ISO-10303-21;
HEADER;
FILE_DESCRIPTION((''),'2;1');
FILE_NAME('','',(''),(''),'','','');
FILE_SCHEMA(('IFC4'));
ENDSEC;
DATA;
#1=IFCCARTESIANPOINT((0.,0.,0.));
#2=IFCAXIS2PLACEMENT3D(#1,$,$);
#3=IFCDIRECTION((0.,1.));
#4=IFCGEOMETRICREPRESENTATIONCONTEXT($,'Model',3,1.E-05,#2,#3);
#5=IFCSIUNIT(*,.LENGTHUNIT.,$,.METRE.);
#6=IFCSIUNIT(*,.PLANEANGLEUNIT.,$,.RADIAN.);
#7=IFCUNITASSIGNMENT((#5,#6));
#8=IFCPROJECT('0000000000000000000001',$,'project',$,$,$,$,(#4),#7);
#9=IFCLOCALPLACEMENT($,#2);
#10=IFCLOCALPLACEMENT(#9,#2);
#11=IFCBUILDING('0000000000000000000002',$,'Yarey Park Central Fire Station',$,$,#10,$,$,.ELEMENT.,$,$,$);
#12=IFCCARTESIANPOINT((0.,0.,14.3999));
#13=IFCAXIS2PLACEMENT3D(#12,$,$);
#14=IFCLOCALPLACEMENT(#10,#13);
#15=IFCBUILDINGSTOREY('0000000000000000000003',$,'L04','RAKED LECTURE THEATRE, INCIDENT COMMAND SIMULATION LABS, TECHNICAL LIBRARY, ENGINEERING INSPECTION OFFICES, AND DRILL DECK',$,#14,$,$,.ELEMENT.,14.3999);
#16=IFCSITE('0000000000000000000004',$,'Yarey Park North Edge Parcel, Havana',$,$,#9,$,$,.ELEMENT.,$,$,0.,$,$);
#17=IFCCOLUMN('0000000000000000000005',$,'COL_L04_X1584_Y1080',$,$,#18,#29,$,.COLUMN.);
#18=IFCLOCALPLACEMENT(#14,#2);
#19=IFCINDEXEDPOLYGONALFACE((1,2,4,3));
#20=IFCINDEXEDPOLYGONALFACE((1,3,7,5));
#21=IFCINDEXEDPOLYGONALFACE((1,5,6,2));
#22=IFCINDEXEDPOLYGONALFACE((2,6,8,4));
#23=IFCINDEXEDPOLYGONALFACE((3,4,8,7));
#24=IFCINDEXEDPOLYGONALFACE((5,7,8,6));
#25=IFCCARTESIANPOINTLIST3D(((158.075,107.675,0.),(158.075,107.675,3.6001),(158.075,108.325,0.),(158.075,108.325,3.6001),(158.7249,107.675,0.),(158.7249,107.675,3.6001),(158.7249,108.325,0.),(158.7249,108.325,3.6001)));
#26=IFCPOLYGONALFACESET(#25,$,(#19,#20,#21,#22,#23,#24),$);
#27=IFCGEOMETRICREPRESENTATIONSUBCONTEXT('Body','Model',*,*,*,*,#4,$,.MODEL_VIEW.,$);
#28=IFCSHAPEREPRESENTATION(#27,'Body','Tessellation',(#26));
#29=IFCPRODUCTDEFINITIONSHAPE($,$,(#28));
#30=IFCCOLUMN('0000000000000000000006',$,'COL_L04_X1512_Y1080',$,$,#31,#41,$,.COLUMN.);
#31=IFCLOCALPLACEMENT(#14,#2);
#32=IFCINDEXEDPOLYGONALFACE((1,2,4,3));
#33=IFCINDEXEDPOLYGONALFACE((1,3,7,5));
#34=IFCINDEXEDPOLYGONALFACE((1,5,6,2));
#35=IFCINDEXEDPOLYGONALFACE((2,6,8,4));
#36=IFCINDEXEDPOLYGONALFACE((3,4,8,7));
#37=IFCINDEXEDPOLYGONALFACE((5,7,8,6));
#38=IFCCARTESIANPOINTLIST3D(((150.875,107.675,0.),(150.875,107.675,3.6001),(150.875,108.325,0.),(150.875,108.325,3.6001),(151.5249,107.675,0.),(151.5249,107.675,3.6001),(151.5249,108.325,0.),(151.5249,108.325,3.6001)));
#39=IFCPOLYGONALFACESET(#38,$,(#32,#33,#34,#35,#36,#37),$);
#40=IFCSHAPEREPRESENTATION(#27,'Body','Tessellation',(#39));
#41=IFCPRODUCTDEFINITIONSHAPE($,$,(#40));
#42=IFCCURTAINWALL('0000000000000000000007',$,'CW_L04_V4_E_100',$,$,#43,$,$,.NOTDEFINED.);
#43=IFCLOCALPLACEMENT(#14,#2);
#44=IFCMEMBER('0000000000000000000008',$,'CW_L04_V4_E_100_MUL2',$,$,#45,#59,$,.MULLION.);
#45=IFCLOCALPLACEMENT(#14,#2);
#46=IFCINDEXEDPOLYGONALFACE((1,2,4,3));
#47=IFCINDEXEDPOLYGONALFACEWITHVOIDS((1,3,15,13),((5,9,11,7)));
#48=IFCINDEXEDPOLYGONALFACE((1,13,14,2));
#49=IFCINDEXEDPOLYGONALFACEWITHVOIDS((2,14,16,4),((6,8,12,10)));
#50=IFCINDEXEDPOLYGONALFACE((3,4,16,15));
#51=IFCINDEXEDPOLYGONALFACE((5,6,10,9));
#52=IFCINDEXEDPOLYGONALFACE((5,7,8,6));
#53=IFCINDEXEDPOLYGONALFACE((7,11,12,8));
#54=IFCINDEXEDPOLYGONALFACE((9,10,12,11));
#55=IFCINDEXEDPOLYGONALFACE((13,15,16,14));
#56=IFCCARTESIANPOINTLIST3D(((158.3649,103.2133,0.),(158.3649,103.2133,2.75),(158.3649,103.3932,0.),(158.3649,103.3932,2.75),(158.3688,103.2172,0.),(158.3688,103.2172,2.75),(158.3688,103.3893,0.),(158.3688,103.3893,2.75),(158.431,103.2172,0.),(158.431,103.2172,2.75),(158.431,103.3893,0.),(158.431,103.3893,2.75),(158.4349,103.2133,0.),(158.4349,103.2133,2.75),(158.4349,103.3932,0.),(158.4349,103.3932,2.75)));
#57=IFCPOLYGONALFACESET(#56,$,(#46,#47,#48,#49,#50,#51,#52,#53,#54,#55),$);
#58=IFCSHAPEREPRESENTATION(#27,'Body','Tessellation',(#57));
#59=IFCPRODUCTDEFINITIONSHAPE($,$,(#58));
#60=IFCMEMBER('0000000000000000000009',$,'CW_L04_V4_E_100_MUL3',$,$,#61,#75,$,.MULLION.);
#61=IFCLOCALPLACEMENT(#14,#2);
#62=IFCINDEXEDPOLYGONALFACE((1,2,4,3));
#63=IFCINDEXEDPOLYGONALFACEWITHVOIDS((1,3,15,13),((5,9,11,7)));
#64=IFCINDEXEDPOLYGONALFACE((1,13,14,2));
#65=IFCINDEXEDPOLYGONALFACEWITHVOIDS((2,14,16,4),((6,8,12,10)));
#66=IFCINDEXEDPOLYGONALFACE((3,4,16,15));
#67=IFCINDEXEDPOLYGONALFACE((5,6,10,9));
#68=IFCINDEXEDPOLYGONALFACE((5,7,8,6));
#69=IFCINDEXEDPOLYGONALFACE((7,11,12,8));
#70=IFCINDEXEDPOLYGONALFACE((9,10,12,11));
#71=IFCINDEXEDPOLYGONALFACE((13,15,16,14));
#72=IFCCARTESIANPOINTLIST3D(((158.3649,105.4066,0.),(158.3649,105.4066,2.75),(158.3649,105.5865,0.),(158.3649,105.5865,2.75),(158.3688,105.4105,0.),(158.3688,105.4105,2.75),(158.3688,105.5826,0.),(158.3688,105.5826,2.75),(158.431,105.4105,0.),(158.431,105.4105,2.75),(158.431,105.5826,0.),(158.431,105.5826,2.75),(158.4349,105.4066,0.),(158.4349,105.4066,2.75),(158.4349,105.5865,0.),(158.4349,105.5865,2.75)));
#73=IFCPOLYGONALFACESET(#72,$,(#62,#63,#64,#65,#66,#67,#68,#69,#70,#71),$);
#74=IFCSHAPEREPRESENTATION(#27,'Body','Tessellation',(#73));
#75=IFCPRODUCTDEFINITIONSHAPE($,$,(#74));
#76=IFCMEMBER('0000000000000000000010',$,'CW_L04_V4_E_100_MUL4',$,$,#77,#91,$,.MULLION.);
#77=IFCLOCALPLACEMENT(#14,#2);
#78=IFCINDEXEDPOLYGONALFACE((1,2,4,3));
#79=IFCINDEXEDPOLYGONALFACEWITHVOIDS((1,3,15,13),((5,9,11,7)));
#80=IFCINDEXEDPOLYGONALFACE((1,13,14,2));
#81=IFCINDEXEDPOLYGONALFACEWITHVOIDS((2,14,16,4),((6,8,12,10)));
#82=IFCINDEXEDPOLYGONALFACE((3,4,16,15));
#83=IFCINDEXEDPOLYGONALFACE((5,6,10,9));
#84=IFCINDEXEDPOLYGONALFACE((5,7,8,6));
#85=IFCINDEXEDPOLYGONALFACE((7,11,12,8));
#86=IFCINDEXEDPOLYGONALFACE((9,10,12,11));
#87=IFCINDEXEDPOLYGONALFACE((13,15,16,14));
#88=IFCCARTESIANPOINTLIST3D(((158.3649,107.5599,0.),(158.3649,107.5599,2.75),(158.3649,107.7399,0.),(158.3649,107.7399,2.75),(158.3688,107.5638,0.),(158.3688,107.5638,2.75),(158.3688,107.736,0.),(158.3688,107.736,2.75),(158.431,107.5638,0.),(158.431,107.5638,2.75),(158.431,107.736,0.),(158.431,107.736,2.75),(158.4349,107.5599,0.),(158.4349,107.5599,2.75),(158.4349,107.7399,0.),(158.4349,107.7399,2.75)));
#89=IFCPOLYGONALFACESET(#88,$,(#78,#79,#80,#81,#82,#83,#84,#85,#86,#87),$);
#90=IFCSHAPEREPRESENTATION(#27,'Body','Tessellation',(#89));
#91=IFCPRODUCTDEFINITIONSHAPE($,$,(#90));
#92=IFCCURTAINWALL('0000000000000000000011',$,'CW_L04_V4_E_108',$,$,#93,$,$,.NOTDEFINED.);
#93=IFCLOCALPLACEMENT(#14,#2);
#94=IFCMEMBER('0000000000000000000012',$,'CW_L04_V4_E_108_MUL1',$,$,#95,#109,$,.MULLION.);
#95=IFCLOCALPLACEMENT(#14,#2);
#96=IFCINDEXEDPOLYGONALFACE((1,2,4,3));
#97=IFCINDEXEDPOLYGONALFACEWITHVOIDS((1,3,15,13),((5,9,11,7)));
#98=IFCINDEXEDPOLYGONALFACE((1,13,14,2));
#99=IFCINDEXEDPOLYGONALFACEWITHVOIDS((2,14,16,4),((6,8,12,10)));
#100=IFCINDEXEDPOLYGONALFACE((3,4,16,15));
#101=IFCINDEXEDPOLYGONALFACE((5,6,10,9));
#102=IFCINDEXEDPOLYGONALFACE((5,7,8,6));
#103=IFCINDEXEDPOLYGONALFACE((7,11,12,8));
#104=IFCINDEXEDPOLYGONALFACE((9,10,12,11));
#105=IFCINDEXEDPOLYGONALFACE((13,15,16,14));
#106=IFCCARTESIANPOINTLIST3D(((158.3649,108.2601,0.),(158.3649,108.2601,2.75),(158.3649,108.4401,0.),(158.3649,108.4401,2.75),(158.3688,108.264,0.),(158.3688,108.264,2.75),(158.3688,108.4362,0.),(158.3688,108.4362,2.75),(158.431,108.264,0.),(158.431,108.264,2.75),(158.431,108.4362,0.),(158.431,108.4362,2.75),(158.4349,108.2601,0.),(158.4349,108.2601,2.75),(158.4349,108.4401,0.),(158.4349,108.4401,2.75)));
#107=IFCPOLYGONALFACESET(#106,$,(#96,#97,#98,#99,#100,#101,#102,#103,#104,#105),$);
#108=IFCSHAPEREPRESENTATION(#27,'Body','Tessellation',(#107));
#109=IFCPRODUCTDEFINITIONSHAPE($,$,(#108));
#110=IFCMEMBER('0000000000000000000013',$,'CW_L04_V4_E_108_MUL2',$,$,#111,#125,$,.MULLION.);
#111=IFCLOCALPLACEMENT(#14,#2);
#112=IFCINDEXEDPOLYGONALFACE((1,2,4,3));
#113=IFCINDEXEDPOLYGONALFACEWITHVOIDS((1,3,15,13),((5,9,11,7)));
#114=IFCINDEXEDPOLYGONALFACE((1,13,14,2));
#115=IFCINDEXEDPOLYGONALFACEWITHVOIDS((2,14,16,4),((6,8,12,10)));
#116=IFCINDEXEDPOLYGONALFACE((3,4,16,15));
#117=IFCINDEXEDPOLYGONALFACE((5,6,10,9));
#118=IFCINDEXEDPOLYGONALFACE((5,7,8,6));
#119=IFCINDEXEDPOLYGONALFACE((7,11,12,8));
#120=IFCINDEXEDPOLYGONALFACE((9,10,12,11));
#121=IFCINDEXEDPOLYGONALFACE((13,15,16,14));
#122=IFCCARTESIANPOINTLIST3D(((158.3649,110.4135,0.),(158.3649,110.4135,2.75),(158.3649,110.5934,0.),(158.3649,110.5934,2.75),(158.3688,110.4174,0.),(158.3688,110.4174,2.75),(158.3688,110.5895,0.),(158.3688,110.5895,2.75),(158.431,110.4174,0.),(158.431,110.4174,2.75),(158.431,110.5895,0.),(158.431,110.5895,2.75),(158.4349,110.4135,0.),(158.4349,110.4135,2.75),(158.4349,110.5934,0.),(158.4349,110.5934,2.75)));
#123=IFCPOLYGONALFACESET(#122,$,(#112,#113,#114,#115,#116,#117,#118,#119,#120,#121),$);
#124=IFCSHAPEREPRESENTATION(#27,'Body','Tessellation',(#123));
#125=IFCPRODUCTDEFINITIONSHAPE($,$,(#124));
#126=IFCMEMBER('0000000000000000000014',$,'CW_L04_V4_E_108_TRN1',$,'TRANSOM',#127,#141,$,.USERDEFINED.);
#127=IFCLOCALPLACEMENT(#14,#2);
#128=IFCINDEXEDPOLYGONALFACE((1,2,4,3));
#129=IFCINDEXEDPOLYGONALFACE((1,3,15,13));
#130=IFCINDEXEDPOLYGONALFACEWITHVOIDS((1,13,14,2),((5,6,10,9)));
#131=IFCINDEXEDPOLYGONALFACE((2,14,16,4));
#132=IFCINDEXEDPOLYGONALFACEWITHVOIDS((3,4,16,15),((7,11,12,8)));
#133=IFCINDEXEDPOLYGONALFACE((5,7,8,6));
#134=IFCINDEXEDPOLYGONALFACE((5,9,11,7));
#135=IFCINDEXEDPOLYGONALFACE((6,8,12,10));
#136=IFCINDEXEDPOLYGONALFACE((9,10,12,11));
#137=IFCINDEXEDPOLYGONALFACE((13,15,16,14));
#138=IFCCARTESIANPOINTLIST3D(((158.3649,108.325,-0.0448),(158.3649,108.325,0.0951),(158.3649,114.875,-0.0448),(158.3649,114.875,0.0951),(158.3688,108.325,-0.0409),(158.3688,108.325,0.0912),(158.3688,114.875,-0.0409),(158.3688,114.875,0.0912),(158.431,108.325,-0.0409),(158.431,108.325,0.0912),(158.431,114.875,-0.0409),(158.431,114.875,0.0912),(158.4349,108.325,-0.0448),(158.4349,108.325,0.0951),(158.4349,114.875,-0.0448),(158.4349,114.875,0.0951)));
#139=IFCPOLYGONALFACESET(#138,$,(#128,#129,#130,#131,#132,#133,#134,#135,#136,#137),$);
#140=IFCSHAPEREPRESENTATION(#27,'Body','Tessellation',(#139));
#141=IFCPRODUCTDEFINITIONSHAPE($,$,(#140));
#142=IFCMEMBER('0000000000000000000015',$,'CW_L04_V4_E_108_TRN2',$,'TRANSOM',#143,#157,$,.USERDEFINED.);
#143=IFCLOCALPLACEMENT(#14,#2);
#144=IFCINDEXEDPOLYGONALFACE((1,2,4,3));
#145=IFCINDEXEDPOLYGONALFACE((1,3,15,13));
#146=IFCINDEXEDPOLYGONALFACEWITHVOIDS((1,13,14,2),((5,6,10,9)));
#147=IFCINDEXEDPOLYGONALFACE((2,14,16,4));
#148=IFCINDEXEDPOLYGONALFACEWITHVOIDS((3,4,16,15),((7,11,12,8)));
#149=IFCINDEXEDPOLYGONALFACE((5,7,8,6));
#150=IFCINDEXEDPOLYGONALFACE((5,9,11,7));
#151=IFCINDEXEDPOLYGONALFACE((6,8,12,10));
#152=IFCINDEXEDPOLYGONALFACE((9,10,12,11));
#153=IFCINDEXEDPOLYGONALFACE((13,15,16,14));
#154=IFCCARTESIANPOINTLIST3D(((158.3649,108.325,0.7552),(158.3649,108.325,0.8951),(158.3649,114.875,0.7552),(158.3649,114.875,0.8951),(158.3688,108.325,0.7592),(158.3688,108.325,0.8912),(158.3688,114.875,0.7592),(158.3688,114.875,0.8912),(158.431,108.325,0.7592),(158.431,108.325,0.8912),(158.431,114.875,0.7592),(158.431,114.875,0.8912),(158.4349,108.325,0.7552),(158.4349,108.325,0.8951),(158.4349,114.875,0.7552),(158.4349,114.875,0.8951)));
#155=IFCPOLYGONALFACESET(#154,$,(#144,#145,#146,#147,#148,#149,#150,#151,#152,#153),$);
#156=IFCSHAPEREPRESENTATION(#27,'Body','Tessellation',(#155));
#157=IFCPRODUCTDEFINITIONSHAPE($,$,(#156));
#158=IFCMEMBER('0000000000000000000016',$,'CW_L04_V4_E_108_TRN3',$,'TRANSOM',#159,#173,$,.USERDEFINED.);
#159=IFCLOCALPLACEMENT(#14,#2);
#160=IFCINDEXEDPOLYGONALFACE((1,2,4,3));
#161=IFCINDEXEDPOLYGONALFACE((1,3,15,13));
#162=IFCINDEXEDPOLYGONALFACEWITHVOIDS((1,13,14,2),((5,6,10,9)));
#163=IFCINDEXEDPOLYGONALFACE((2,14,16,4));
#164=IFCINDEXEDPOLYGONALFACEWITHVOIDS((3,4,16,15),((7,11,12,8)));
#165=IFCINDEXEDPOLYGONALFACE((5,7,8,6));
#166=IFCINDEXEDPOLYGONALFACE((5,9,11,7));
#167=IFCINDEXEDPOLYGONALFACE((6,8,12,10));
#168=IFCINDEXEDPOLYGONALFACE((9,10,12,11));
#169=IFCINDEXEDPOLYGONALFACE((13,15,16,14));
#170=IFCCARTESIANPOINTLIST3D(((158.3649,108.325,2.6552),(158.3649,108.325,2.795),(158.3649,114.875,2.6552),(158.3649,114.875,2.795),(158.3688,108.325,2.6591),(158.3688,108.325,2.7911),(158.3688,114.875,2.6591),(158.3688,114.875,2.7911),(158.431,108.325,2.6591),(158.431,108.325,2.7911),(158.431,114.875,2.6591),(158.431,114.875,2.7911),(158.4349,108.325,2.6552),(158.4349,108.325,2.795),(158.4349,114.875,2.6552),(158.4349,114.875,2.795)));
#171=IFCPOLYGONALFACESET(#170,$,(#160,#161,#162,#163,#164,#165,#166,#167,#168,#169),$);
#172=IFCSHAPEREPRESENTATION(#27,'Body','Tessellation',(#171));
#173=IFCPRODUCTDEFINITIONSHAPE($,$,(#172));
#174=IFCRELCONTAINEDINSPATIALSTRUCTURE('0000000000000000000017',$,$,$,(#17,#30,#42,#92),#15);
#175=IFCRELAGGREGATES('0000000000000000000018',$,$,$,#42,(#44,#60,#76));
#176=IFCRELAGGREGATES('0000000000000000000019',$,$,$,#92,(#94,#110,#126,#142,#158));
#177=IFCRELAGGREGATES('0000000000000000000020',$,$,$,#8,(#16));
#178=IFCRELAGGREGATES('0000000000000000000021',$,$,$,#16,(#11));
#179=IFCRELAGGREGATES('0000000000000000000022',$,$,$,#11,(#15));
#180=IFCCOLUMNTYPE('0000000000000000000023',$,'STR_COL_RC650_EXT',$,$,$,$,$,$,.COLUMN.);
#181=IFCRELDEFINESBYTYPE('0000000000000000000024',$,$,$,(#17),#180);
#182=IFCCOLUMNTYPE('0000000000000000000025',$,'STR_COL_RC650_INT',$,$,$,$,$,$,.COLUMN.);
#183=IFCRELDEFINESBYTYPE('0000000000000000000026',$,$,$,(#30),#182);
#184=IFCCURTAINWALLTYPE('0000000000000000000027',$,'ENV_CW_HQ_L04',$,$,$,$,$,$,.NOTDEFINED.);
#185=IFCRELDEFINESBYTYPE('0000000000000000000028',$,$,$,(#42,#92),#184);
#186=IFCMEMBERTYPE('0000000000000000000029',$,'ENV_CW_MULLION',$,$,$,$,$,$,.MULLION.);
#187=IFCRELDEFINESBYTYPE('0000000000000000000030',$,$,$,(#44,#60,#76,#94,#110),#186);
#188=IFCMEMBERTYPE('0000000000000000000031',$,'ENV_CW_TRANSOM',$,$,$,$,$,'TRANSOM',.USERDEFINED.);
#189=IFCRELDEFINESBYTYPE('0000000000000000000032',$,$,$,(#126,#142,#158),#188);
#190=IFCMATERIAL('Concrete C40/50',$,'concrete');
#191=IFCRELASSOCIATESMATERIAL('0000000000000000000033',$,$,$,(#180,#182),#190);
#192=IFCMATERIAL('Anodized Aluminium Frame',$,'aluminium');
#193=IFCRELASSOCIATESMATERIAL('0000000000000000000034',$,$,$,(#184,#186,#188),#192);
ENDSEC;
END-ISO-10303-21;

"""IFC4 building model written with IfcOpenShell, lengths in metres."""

from ifc_helpers import new_model, si_unit, direction, frame, origin, origin_2d, place, context, subcontext, project, spatial, rectangle, hollow_rectangle, extrude, material, material_profile, profile_set, type_object, element, aggregate, save


model = new_model("IFC4")

# Units and contexts
model_context = context("Model", 3, precision=1e-05, world=origin(), true_north=direction((0.0, 1.0)))
body_context = subcontext(model_context, "Body", "Model", "MODEL_VIEW")
ifc_project = project(units=[si_unit("LENGTHUNIT", "METRE"), si_unit("PLANEANGLEUNIT", "RADIAN")], contexts=[model_context])

# Site, building, storey
site_placement = place(None, origin())
site = spatial("IfcSite", under=ifc_project, at=site_placement, Name="Yarey Park North Edge Parcel, Havana", CompositionType="ELEMENT", RefElevation=0.0)
building_placement = place(site_placement, origin())
building = spatial("IfcBuilding", under=site, at=building_placement, Name="Yarey Park Central Fire Station", CompositionType="ELEMENT")
storey_placement = place(building_placement, frame((0.0, 0.0, 14.3999)))
storey = spatial("IfcBuildingStorey", under=building, at=storey_placement, Name="L04", Description="RAKED LECTURE THEATRE, INCIDENT COMMAND SIMULATION LABS, TECHNICAL LIBRARY, ENGINEERING INSPECTION OFFICES, AND DRILL DECK", CompositionType="ELEMENT", Elevation=14.3999)

# Columns
ifc_material_1 = material(Name="Concrete C40/50", Category="concrete")
ifc_material_profile_1 = material_profile(ifc_material_1, rectangle(XDim=0.6499, YDim=0.6499, at=origin_2d()), Name="RC 650x650")
ifc_profile_set_1 = profile_set([ifc_material_profile_1], Name="Concrete C40/50")
column_type_1 = type_object("IfcColumnType", Name="STR_COL_RC650_EXT", PredefinedType="COLUMN", material=ifc_profile_set_1)
column_1_placement = place(storey_placement, frame((158.3999, 108.0, 0.0), z_axis=(0.0, 0.0, 1.0), x_axis=(1.0, 0.0, 0.0)))
element("IfcColumn", 1, at=column_1_placement, inside=storey, type_object=column_type_1, Name="COL_L04_X1584_Y1080", PredefinedType="COLUMN", context=body_context, shape_type="SweptSolid", body=[
    extrude(rectangle(XDim=0.6499, YDim=0.6499, at=origin_2d()), origin(), (0.0, 0.0, 1.0), 3.6001),
])
ifc_material_profile_2 = material_profile(ifc_material_1, rectangle(XDim=0.6499, YDim=0.6499, at=origin_2d()), Name="RC 650x650")
ifc_profile_set_2 = profile_set([ifc_material_profile_2], Name="Concrete C40/50")
column_type_2 = type_object("IfcColumnType", Name="STR_COL_RC650_INT", PredefinedType="COLUMN", material=ifc_profile_set_2)
column_2_placement = place(storey_placement, frame((151.2, 108.0, 0.0), z_axis=(0.0, 0.0, 1.0), x_axis=(1.0, 0.0, 0.0)))
element("IfcColumn", 2, at=column_2_placement, inside=storey, type_object=column_type_2, Name="COL_L04_X1512_Y1080", PredefinedType="COLUMN", context=body_context, shape_type="SweptSolid", body=[
    extrude(rectangle(XDim=0.6499, YDim=0.6499, at=origin_2d()), origin(), (0.0, 0.0, 1.0), 3.6001),
])

# Curtain walls, members
ifc_material_2 = material(Name="Anodized Aluminium Frame", Category="aluminium")
curtain_wall_type = type_object("IfcCurtainWallType", Name="ENV_CW_HQ_L04", PredefinedType="NOTDEFINED", material=ifc_material_2)
curtain_wall_1_placement = place(storey_placement, origin())
curtain_wall_1 = element("IfcCurtainWall", 3, at=curtain_wall_1_placement, inside=storey, type_object=curtain_wall_type, Name="CW_L04_V4_E_100", PredefinedType="NOTDEFINED")
ifc_material_profile_3 = material_profile(ifc_material_2, hollow_rectangle(XDim=0.0701, YDim=0.1799, WallThickness=0.0039, at=origin_2d()), Name="ALU 180x70x4")
ifc_profile_set_3 = profile_set([ifc_material_profile_3], Name="Anodized Aluminium Frame")
member_type_1 = type_object("IfcMemberType", Name="ENV_CW_MULLION", PredefinedType="MULLION", material=ifc_profile_set_3)
member_1_placement = place(storey_placement, frame((158.3999, 103.3032, 0.0), z_axis=(0.0, 0.0, 1.0), x_axis=(1.0, 0.0, 0.0)))
member_1 = element("IfcMember", 4, at=member_1_placement, type_object=member_type_1, Name="CW_L04_V4_E_100_MUL2", PredefinedType="MULLION", context=body_context, shape_type="SweptSolid", body=[
    extrude(hollow_rectangle(XDim=0.0701, YDim=0.1799, WallThickness=0.0039, at=origin_2d()), origin(), (0.0, 0.0, 1.0), 2.75),
])
member_2_placement = place(storey_placement, frame((158.3999, 105.4966, 0.0), z_axis=(0.0, 0.0, 1.0), x_axis=(1.0, 0.0, 0.0)))
member_2 = element("IfcMember", 5, at=member_2_placement, type_object=member_type_1, Name="CW_L04_V4_E_100_MUL3", PredefinedType="MULLION", context=body_context, shape_type="SweptSolid", body=[
    extrude(hollow_rectangle(XDim=0.0701, YDim=0.1799, WallThickness=0.0039, at=origin_2d()), origin(), (0.0, 0.0, 1.0), 2.75),
])
member_3_placement = place(storey_placement, frame((158.3999, 107.6499, 0.0), z_axis=(0.0, 0.0, 1.0), x_axis=(1.0, 0.0, 0.0)))
member_3 = element("IfcMember", 6, at=member_3_placement, type_object=member_type_1, Name="CW_L04_V4_E_100_MUL4", PredefinedType="MULLION", context=body_context, shape_type="SweptSolid", body=[
    extrude(hollow_rectangle(XDim=0.0701, YDim=0.1799, WallThickness=0.0039, at=origin_2d()), origin(), (0.0, 0.0, 1.0), 2.75),
])
curtain_wall_2_placement = place(storey_placement, origin())
curtain_wall_2 = element("IfcCurtainWall", 7, at=curtain_wall_2_placement, inside=storey, type_object=curtain_wall_type, Name="CW_L04_V4_E_108", PredefinedType="NOTDEFINED")
member_4_placement = place(storey_placement, frame((158.3999, 108.3501, 0.0), z_axis=(0.0, 0.0, 1.0), x_axis=(1.0, 0.0, 0.0)))
member_4 = element("IfcMember", 8, at=member_4_placement, type_object=member_type_1, Name="CW_L04_V4_E_108_MUL1", PredefinedType="MULLION", context=body_context, shape_type="SweptSolid", body=[
    extrude(hollow_rectangle(XDim=0.0701, YDim=0.1799, WallThickness=0.0039, at=origin_2d()), origin(), (0.0, 0.0, 1.0), 2.75),
])
member_5_placement = place(storey_placement, frame((158.3999, 110.5034, 0.0), z_axis=(0.0, 0.0, 1.0), x_axis=(1.0, 0.0, 0.0)))
member_5 = element("IfcMember", 9, at=member_5_placement, type_object=member_type_1, Name="CW_L04_V4_E_108_MUL2", PredefinedType="MULLION", context=body_context, shape_type="SweptSolid", body=[
    extrude(hollow_rectangle(XDim=0.0701, YDim=0.1799, WallThickness=0.0039, at=origin_2d()), origin(), (0.0, 0.0, 1.0), 2.75),
])
ifc_material_profile_4 = material_profile(ifc_material_2, hollow_rectangle(XDim=0.0701, YDim=0.1399, WallThickness=0.0039, at=origin_2d()), Name="ALU 140x70x4")
ifc_profile_set_4 = profile_set([ifc_material_profile_4], Name="Anodized Aluminium Frame")
member_type_2 = type_object("IfcMemberType", Name="ENV_CW_TRANSOM", ElementType="TRANSOM", PredefinedType="USERDEFINED", material=ifc_profile_set_4)
member_6_placement = place(storey_placement, frame((158.3999, 108.325, 0.0251), z_axis=(0.0, 1.0, 0.0), x_axis=(-1.0, 0.0, 0.0)))
member_6 = element("IfcMember", 10, at=member_6_placement, type_object=member_type_2, Name="CW_L04_V4_E_108_TRN1", ObjectType="TRANSOM", PredefinedType="USERDEFINED", context=body_context, shape_type="SweptSolid", body=[
    extrude(hollow_rectangle(XDim=0.0701, YDim=0.1399, WallThickness=0.0039, at=origin_2d()), origin(), (0.0, 0.0, 1.0), 6.55),
])
member_7_placement = place(storey_placement, frame((158.3999, 108.325, 0.8252), z_axis=(0.0, 1.0, 0.0), x_axis=(-1.0, 0.0, 0.0)))
member_7 = element("IfcMember", 11, at=member_7_placement, type_object=member_type_2, Name="CW_L04_V4_E_108_TRN2", ObjectType="TRANSOM", PredefinedType="USERDEFINED", context=body_context, shape_type="SweptSolid", body=[
    extrude(hollow_rectangle(XDim=0.0701, YDim=0.1399, WallThickness=0.0039, at=origin_2d()), origin(), (0.0, 0.0, 1.0), 6.55),
])
member_8_placement = place(storey_placement, frame((158.3999, 108.325, 2.7251), z_axis=(0.0, 1.0, 0.0), x_axis=(-1.0, 0.0, 0.0)))
member_8 = element("IfcMember", 12, at=member_8_placement, type_object=member_type_2, Name="CW_L04_V4_E_108_TRN3", ObjectType="TRANSOM", PredefinedType="USERDEFINED", context=body_context, shape_type="SweptSolid", body=[
    extrude(hollow_rectangle(XDim=0.0701, YDim=0.1399, WallThickness=0.0039, at=origin_2d()), origin(), (0.0, 0.0, 1.0), 6.55),
])

aggregate(curtain_wall_1, [member_1, member_2, member_3])
aggregate(curtain_wall_2, [member_4, member_5, member_6, member_7, member_8])

save(model, "model.ifc")
